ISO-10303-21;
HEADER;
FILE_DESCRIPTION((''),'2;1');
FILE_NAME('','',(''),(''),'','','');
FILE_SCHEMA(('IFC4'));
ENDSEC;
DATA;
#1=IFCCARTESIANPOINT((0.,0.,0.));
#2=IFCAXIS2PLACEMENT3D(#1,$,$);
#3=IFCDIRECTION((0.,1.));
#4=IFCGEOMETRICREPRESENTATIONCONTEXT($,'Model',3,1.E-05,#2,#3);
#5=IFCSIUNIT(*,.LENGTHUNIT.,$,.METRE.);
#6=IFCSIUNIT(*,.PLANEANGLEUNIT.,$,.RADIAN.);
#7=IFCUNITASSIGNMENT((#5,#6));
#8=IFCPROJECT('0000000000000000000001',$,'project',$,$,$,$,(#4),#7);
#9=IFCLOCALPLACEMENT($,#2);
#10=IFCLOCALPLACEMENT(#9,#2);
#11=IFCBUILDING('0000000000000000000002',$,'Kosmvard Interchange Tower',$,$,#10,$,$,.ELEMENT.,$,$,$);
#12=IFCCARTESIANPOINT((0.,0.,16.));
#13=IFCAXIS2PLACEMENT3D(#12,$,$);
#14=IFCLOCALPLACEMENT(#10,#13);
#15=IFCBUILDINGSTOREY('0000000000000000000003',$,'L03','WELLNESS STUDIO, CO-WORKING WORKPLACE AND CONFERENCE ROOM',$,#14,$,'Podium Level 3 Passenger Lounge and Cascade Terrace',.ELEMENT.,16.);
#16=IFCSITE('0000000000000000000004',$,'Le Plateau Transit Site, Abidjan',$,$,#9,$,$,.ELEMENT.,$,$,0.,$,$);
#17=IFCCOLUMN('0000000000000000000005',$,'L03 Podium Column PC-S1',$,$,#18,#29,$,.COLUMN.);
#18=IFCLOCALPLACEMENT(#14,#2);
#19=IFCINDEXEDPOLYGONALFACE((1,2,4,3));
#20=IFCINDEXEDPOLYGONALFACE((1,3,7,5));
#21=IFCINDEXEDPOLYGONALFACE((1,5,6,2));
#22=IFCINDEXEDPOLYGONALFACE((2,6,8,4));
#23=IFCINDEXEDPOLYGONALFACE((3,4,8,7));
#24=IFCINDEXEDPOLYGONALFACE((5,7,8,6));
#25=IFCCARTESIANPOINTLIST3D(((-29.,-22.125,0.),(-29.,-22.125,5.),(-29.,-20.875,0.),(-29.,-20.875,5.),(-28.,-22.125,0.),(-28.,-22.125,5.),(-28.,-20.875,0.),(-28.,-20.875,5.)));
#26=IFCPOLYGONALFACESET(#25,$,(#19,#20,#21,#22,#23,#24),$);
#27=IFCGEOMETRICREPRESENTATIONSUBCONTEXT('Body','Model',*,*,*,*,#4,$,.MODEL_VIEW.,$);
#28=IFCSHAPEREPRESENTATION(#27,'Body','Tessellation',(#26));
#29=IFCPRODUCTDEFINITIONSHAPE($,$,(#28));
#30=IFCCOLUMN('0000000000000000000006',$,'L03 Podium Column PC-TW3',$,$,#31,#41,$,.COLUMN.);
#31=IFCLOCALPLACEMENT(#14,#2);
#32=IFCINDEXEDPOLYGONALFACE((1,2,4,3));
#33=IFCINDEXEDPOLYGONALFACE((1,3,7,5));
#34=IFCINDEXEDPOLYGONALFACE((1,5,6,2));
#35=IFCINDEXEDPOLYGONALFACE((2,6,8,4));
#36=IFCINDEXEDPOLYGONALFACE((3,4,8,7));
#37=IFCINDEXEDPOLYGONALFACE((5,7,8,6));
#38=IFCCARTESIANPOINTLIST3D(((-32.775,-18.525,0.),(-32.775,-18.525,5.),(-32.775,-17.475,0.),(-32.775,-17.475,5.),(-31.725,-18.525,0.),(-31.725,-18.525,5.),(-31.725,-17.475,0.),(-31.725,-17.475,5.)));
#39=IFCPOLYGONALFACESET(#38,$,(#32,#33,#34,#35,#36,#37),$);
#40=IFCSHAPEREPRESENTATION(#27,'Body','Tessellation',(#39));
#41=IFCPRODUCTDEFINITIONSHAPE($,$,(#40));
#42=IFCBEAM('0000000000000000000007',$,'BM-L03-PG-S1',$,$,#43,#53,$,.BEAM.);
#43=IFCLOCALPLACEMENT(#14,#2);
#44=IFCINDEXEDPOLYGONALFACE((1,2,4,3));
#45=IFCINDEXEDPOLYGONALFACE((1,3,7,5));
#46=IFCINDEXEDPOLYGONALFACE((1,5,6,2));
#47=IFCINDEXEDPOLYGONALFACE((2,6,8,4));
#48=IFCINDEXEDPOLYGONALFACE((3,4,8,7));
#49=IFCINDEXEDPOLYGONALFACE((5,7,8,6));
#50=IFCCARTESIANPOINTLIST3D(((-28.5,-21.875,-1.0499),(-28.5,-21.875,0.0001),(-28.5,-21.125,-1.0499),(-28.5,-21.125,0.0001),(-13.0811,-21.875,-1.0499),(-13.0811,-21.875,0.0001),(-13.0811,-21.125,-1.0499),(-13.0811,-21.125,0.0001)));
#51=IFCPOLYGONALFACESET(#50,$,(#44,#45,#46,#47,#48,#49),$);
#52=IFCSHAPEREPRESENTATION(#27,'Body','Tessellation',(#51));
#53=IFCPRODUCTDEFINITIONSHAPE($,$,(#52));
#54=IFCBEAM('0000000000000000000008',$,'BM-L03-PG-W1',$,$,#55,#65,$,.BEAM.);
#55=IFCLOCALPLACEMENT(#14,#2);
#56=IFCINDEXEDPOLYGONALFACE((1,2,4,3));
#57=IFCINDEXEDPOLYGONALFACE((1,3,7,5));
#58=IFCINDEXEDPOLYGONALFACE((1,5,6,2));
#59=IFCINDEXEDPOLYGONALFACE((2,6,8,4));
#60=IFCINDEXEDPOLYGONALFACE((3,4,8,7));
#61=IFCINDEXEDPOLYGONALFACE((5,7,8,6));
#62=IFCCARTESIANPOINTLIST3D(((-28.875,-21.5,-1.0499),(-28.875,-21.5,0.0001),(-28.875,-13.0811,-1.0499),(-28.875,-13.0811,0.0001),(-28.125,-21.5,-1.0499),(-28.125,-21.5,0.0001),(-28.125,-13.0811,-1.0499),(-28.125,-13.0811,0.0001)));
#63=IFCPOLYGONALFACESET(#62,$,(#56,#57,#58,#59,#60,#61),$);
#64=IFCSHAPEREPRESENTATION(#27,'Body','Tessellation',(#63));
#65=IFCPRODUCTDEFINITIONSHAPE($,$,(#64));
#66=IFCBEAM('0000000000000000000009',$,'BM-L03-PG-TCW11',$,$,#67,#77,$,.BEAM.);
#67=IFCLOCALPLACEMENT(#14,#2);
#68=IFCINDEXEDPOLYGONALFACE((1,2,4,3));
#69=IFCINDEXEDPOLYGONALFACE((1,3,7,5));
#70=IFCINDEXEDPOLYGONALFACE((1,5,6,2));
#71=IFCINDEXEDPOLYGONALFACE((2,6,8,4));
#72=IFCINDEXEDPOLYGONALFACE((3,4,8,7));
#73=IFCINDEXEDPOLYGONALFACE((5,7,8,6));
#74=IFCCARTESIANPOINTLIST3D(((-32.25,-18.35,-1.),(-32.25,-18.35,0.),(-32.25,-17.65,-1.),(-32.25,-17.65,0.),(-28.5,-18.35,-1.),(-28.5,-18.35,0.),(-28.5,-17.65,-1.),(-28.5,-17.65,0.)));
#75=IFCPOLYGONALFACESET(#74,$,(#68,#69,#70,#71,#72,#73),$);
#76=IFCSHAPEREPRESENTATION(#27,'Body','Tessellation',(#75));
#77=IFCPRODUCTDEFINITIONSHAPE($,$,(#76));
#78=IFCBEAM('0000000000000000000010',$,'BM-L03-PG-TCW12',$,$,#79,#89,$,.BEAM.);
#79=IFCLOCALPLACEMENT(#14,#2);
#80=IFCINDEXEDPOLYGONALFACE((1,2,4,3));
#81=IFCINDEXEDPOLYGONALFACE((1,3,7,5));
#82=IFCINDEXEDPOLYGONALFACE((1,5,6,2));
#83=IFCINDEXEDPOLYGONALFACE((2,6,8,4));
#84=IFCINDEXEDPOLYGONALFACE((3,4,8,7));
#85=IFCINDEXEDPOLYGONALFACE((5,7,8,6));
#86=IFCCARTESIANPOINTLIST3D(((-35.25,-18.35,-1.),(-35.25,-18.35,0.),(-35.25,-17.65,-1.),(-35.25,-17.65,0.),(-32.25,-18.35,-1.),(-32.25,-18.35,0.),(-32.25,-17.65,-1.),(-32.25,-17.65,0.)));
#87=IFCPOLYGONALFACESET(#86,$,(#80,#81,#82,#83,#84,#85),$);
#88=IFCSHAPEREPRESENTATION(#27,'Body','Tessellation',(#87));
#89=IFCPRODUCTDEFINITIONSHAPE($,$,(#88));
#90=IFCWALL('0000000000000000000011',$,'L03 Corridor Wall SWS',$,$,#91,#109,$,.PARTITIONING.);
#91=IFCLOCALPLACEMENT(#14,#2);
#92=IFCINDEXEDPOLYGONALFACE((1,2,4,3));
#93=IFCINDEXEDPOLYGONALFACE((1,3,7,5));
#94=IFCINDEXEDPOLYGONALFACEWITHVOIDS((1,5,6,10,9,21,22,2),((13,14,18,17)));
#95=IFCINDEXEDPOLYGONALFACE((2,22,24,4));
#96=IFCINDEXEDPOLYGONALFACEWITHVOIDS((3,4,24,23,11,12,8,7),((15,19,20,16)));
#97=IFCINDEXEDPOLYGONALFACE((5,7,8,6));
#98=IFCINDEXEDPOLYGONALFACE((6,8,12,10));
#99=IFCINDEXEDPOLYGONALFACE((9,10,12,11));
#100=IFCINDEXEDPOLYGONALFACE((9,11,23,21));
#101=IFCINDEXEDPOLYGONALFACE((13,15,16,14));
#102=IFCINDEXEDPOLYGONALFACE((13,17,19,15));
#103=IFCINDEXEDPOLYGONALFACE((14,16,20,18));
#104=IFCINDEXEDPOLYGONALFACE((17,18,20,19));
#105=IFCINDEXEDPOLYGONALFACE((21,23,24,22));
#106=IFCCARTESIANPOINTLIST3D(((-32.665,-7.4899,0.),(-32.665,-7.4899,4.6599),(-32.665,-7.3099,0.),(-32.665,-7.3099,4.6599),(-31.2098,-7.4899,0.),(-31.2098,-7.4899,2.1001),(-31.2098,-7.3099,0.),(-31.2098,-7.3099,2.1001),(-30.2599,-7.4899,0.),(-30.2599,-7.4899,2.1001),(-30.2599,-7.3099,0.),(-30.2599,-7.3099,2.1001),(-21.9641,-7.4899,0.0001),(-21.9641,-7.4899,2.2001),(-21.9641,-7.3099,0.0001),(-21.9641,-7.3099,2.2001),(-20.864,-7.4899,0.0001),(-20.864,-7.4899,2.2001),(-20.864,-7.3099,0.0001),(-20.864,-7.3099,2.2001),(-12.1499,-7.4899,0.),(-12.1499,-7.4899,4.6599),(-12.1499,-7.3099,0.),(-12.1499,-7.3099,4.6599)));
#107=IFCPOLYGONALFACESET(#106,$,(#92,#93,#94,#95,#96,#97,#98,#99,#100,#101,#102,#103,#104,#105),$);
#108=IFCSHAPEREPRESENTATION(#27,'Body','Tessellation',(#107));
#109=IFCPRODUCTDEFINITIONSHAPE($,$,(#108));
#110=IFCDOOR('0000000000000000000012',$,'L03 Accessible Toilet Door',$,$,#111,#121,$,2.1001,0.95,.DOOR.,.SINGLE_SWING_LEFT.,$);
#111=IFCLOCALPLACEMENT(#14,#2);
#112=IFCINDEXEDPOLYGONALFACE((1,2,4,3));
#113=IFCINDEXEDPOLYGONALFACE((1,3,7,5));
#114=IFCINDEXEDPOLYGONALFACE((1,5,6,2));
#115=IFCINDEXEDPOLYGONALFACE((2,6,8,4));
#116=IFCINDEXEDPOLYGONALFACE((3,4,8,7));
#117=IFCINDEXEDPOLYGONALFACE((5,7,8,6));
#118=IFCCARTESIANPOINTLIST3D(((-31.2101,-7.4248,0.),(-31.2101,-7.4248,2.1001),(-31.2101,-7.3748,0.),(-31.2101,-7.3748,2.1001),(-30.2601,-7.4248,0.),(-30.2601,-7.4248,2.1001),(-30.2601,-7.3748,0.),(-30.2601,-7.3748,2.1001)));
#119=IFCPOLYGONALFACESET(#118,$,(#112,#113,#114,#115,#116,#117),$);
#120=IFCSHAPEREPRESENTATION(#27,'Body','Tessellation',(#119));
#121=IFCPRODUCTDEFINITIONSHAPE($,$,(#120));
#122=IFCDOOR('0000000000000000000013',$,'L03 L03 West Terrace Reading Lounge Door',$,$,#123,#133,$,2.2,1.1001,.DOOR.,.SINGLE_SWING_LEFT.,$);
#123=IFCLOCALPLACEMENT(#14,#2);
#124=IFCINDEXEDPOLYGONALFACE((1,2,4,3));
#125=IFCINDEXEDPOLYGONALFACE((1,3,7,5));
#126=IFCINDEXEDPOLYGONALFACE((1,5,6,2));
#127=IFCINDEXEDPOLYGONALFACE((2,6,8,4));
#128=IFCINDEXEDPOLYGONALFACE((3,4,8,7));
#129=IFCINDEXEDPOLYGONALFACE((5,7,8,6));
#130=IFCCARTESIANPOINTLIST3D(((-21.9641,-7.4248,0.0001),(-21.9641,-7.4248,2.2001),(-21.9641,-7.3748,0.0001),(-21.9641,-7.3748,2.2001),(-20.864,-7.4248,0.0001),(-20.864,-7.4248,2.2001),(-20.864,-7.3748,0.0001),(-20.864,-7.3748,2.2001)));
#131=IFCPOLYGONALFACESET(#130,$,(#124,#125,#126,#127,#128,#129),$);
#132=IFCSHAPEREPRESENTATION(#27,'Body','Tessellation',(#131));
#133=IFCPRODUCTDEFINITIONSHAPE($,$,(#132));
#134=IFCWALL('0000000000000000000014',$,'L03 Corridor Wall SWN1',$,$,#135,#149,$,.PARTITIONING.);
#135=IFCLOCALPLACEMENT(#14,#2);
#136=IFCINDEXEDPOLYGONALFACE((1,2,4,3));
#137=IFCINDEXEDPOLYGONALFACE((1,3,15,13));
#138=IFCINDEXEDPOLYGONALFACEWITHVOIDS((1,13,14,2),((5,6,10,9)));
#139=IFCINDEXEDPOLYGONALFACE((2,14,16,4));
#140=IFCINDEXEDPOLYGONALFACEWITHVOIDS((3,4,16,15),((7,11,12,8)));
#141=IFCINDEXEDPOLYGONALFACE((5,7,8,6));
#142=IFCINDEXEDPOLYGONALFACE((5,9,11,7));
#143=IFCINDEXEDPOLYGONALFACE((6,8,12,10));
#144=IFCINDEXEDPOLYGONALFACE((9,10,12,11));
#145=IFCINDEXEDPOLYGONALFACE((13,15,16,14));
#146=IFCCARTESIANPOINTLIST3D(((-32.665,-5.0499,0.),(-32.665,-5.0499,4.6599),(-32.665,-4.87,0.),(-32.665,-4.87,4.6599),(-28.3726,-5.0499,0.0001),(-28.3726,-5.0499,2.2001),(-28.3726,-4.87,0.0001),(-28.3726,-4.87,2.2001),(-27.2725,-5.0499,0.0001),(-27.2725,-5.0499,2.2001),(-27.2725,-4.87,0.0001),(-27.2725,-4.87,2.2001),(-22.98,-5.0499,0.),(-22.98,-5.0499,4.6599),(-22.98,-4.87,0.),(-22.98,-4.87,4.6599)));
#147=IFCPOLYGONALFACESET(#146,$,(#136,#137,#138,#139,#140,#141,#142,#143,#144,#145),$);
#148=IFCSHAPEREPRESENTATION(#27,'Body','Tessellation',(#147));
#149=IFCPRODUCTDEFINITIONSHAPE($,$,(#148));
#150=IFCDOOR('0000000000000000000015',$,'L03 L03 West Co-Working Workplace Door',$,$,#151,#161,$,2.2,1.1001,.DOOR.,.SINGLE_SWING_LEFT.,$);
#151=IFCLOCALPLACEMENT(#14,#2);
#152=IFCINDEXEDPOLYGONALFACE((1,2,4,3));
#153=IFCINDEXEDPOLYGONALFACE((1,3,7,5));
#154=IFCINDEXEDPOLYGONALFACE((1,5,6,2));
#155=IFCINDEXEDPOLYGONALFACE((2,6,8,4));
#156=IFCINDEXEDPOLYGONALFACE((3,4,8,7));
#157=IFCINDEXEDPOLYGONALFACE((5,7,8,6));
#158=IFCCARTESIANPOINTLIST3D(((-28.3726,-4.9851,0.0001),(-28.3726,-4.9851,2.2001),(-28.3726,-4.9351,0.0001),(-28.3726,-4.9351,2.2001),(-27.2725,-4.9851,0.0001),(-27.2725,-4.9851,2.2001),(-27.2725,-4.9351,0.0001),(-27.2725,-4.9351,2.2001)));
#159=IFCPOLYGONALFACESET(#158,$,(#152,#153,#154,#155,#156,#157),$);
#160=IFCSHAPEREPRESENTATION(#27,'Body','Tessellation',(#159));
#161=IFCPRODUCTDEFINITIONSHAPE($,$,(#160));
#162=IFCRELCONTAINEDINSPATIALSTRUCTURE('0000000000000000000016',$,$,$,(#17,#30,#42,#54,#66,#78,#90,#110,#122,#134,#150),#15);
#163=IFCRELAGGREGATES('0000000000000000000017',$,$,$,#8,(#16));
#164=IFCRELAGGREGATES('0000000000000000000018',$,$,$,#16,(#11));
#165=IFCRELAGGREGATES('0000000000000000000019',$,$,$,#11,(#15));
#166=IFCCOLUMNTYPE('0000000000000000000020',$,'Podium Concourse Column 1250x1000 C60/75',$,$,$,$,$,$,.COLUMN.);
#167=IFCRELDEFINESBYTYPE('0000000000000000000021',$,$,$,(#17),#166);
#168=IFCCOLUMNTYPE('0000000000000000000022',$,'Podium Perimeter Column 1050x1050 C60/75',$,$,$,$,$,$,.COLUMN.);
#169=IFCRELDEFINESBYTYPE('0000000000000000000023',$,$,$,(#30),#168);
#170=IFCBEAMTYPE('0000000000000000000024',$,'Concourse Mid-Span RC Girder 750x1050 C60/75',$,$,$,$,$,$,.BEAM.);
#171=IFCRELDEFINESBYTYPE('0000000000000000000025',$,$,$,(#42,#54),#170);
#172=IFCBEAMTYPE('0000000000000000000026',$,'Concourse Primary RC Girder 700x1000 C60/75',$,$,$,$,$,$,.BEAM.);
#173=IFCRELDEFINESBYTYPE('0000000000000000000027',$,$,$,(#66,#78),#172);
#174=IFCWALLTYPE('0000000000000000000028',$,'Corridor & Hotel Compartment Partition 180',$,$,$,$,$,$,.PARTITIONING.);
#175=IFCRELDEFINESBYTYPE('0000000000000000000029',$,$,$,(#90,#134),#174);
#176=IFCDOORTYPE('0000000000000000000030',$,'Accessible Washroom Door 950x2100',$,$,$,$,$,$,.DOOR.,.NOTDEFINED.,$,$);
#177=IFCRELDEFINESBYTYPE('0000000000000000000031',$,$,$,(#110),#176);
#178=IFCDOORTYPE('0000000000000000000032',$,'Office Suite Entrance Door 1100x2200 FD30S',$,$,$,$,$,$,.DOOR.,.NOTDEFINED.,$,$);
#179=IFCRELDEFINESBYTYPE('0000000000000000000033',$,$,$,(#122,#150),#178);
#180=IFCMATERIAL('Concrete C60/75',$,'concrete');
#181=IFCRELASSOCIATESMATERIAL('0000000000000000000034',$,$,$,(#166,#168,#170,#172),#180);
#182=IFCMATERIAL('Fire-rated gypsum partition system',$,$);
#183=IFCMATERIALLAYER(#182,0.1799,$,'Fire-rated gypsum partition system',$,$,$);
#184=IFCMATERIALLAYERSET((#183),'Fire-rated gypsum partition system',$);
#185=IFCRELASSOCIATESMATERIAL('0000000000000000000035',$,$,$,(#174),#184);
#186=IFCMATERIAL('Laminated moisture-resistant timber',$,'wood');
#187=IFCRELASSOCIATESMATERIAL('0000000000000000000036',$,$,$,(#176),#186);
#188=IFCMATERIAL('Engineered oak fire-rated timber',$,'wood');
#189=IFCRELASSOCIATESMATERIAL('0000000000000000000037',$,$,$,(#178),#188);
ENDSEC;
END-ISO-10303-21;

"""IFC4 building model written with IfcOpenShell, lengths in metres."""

from ifc_helpers import new_model, si_unit, direction, frame, frame_2d, origin, origin_2d, place, context, subcontext, project, spatial, rectangle, extrude, source, transform, mapped, material, layer, layer_set, material_profile, profile_set, type_object, element, fill, save


model = new_model("IFC4")

# Units and contexts
model_context = context("Model", 3, precision=1e-05, world=origin(), true_north=direction((0.0, 1.0)))
body_context = subcontext(model_context, "Body", "Model", "MODEL_VIEW")
ifc_project = project(units=[si_unit("LENGTHUNIT", "METRE"), si_unit("PLANEANGLEUNIT", "RADIAN")], contexts=[model_context])

# Site, building, storey
site_placement = place(None, origin())
site = spatial("IfcSite", under=ifc_project, at=site_placement, Name="Le Plateau Transit Site, Abidjan", CompositionType="ELEMENT", RefElevation=0.0)
building_placement = place(site_placement, origin())
building = spatial("IfcBuilding", under=site, at=building_placement, Name="Kosmvard Interchange Tower", CompositionType="ELEMENT")
storey_placement = place(building_placement, frame((0.0, 0.0, 16.0)))
storey = spatial("IfcBuildingStorey", under=building, at=storey_placement, Name="L03", Description="WELLNESS STUDIO, CO-WORKING WORKPLACE AND CONFERENCE ROOM", LongName="Podium Level 3 Passenger Lounge and Cascade Terrace", CompositionType="ELEMENT", Elevation=16.0)

# Columns
ifc_material_1 = material(Name="Concrete C60/75", Category="concrete")
ifc_material_profile_1 = material_profile(ifc_material_1, rectangle(XDim=1.0, YDim=1.25, at=origin_2d()), Name="PC 1250x1000")
ifc_profile_set_1 = profile_set([ifc_material_profile_1], Name="Concrete C60/75")
column_type_1 = type_object("IfcColumnType", Name="Podium Concourse Column 1250x1000 C60/75", PredefinedType="COLUMN", material=ifc_profile_set_1)
shared_shape_1 = source(origin(), body_context, "Body", "SweptSolid", [
    extrude(rectangle(XDim=1.0, YDim=1.25, at=origin_2d()), origin(), (0.0, 0.0, 1.0), 5.0),
])
column_1_placement = place(storey_placement, frame((-28.5, -21.5, 0.0), z_axis=(0.0, 0.0, 1.0), x_axis=(1.0, 0.0, 0.0)))
element("IfcColumn", 1, at=column_1_placement, inside=storey, type_object=column_type_1, Name="L03 Podium Column PC-S1", PredefinedType="COLUMN", context=body_context, shape_type="MappedRepresentation", body=[
    mapped(shared_shape_1, transform((0.0, 0.0, 0.0), scale=1.0)),
])
ifc_material_profile_2 = material_profile(ifc_material_1, rectangle(XDim=1.05, YDim=1.05, at=origin_2d()), Name="PC 1050x1050")
ifc_profile_set_2 = profile_set([ifc_material_profile_2], Name="Concrete C60/75")
column_type_2 = type_object("IfcColumnType", Name="Podium Perimeter Column 1050x1050 C60/75", PredefinedType="COLUMN", material=ifc_profile_set_2)
shared_shape_2 = source(origin(), body_context, "Body", "SweptSolid", [
    extrude(rectangle(XDim=1.05, YDim=1.05, at=origin_2d()), origin(), (0.0, 0.0, 1.0), 5.0),
])
column_2_placement = place(storey_placement, frame((-32.25, -18.0, 0.0), z_axis=(0.0, 0.0, 1.0), x_axis=(1.0, 0.0, 0.0)))
element("IfcColumn", 2, at=column_2_placement, inside=storey, type_object=column_type_2, Name="L03 Podium Column PC-TW3", PredefinedType="COLUMN", context=body_context, shape_type="MappedRepresentation", body=[
    mapped(shared_shape_2, transform((0.0, 0.0, 0.0), scale=1.0)),
])

# Beams
ifc_material_profile_3 = material_profile(ifc_material_1, rectangle(XDim=0.75, YDim=1.05, at=origin_2d()), Name="RCG 750x1050")
ifc_profile_set_3 = profile_set([ifc_material_profile_3], Name="Concrete C60/75")
beam_type_1 = type_object("IfcBeamType", Name="Concourse Mid-Span RC Girder 750x1050 C60/75", PredefinedType="BEAM", material=ifc_profile_set_3)
shared_shape_3 = source(origin(), body_context, "Body", "SweptSolid", [
    extrude(rectangle(XDim=0.75, YDim=1.05, at=origin_2d()), origin(), (0.0, 0.0, 1.0), 15.4189),
])
beam_1_placement = place(storey_placement, frame((-28.5, -21.5, -0.5249), z_axis=(1.0, 0.0, 0.0), x_axis=(0.0, 1.0, 0.0)))
element("IfcBeam", 3, at=beam_1_placement, inside=storey, type_object=beam_type_1, Name="BM-L03-PG-S1", PredefinedType="BEAM", context=body_context, shape_type="MappedRepresentation", body=[
    mapped(shared_shape_3, transform((0.0, 0.0, 0.0), scale=1.0)),
])
shared_shape_4 = source(origin(), body_context, "Body", "SweptSolid", [
    extrude(rectangle(XDim=0.75, YDim=1.05, at=origin_2d()), origin(), (0.0, 0.0, 1.0), 8.4189),
])
beam_2_placement = place(storey_placement, frame((-28.5, -21.5, -0.5249), z_axis=(0.0, 1.0, 0.0), x_axis=(-1.0, 0.0, 0.0)))
element("IfcBeam", 4, at=beam_2_placement, inside=storey, type_object=beam_type_1, Name="BM-L03-PG-W1", PredefinedType="BEAM", context=body_context, shape_type="MappedRepresentation", body=[
    mapped(shared_shape_4, transform((0.0, 0.0, 0.0), scale=1.0)),
])
ifc_material_profile_4 = material_profile(ifc_material_1, rectangle(XDim=0.7, YDim=1.0, at=origin_2d()), Name="RCG 700x1000")
ifc_profile_set_4 = profile_set([ifc_material_profile_4], Name="Concrete C60/75")
beam_type_2 = type_object("IfcBeamType", Name="Concourse Primary RC Girder 700x1000 C60/75", PredefinedType="BEAM", material=ifc_profile_set_4)
shared_shape_5 = source(origin(), body_context, "Body", "SweptSolid", [
    extrude(rectangle(XDim=0.7, YDim=1.0, at=origin_2d()), origin(), (0.0, 0.0, 1.0), 3.75),
])
beam_3_placement = place(storey_placement, frame((-28.5, -18.0, -0.5), z_axis=(-1.0, 0.0, 0.0), x_axis=(0.0, -1.0, 0.0)))
element("IfcBeam", 5, at=beam_3_placement, inside=storey, type_object=beam_type_2, Name="BM-L03-PG-TCW11", PredefinedType="BEAM", context=body_context, shape_type="MappedRepresentation", body=[
    mapped(shared_shape_5, transform((0.0, 0.0, 0.0), scale=1.0)),
])
shared_shape_6 = source(origin(), body_context, "Body", "SweptSolid", [
    extrude(rectangle(XDim=0.7, YDim=1.0, at=origin_2d()), origin(), (0.0, 0.0, 1.0), 3.0),
])
beam_4_placement = place(storey_placement, frame((-32.25, -18.0, -0.5), z_axis=(-1.0, 0.0, 0.0), x_axis=(0.0, -1.0, 0.0)))
element("IfcBeam", 6, at=beam_4_placement, inside=storey, type_object=beam_type_2, Name="BM-L03-PG-TCW12", PredefinedType="BEAM", context=body_context, shape_type="MappedRepresentation", body=[
    mapped(shared_shape_6, transform((0.0, 0.0, 0.0), scale=1.0)),
])

# Wall, openings, doors
ifc_material_2 = material(Name="Fire-rated gypsum partition system")
ifc_layer_1 = layer(ifc_material_2, 0.1799, Name="Fire-rated gypsum partition system")
ifc_layer_set_1 = layer_set([ifc_layer_1], Name="Fire-rated gypsum partition system")
wall_type_1 = type_object("IfcWallType", Name="Corridor & Hotel Compartment Partition 180", PredefinedType="PARTITIONING", material=ifc_layer_set_1)
wall_1_placement = place(storey_placement, frame((-32.665, -7.3999, 0.0), z_axis=(0.0, 0.0, 1.0), x_axis=(1.0, 0.0, 0.0)))
wall_1 = element("IfcWall", 7, at=wall_1_placement, inside=storey, type_object=wall_type_1, Name="L03 Corridor Wall SWS", PredefinedType="PARTITIONING", context=body_context, shape_type="SweptSolid", body=[
    extrude(rectangle(XDim=20.5151, YDim=0.1799, at=frame_2d((10.2576, 0.0))), origin(), (0.0, 0.0, 1.0), 4.6599),
])
opening_1_placement = place(wall_1_placement, frame((1.4551, 0.0, 0.0)))
opening_1 = element("IfcOpeningElement", 8, at=opening_1_placement, cuts=wall_1, PredefinedType="OPENING", context=body_context, shape_type="SweptSolid", body=[
    extrude(rectangle(XDim=0.95, YDim=2.1001, at=frame_2d((0.4751, 1.05))), frame((0.0, 0.1001, 0.0), z_axis=(0.0, -1.0, 0.0), x_axis=(1.0, 0.0, 0.0)), (0.0, 0.0, 1.0), 0.2),
])
opening_2_placement = place(wall_1_placement, frame((10.7009, 0.0, 0.0)))
opening_2 = element("IfcOpeningElement", 9, at=opening_2_placement, cuts=wall_1, PredefinedType="OPENING", context=body_context, shape_type="SweptSolid", body=[
    extrude(rectangle(XDim=1.1001, YDim=2.2, at=frame_2d((0.55, 1.1001))), frame((0.0, 0.1001, 0.0), z_axis=(0.0, -1.0, 0.0), x_axis=(1.0, 0.0, 0.0)), (0.0, 0.0, 1.0), 0.2),
])
ifc_material_3 = material(Name="Laminated moisture-resistant timber", Category="wood")
door_type_1 = type_object("IfcDoorType", Name="Accessible Washroom Door 950x2100", OperationType="NOTDEFINED", PredefinedType="DOOR", material=ifc_material_3)
shared_shape_7 = source(origin(), body_context, "Body", "SweptSolid", [
    extrude(rectangle(XDim=0.95, YDim=2.1001, at=frame_2d((0.4751, 1.05))), frame((0.0, 0.0249, 0.0), z_axis=(0.0, -1.0, 0.0), x_axis=(1.0, 0.0, 0.0)), (0.0, 0.0, 1.0), 0.05),
])
door_1_placement = place(opening_1_placement, frame((0.95, 0.0, 0.0), z_axis=(0.0, 0.0, 1.0), x_axis=(-1.0, 0.0, 0.0)))
door_1 = element("IfcDoor", 10, at=door_1_placement, inside=storey, type_object=door_type_1, Name="L03 Accessible Toilet Door", OperationType="SINGLE_SWING_LEFT", OverallHeight=2.1001, OverallWidth=0.95, PredefinedType="DOOR", context=body_context, shape_type="MappedRepresentation", body=[
    mapped(shared_shape_7, transform((0.0, 0.0, 0.0), scale=1.0)),
])
fill(opening_1, door_1)
ifc_material_4 = material(Name="Engineered oak fire-rated timber", Category="wood")
door_type_2 = type_object("IfcDoorType", Name="Office Suite Entrance Door 1100x2200 FD30S", OperationType="NOTDEFINED", PredefinedType="DOOR", material=ifc_material_4)
shared_shape_8 = source(origin(), body_context, "Body", "SweptSolid", [
    extrude(rectangle(XDim=1.1001, YDim=2.2, at=frame_2d((0.55, 1.1001))), frame((0.0, 0.0249, 0.0), z_axis=(0.0, -1.0, 0.0), x_axis=(1.0, 0.0, 0.0)), (0.0, 0.0, 1.0), 0.05),
])
door_2_placement = place(opening_2_placement, frame((1.1001, 0.0, 0.0), z_axis=(0.0, 0.0, 1.0), x_axis=(-1.0, 0.0, 0.0)))
door_2 = element("IfcDoor", 11, at=door_2_placement, inside=storey, type_object=door_type_2, Name="L03 L03 West Terrace Reading Lounge Door", OperationType="SINGLE_SWING_LEFT", OverallHeight=2.2, OverallWidth=1.1001, PredefinedType="DOOR", context=body_context, shape_type="MappedRepresentation", body=[
    mapped(shared_shape_8, transform((0.0, 0.0, 0.0), scale=1.0)),
])
fill(opening_2, door_2)

# Wall, opening, door
wall_2_placement = place(storey_placement, frame((-32.665, -4.96, 0.0), z_axis=(0.0, 0.0, 1.0), x_axis=(1.0, 0.0, 0.0)))
wall_2 = element("IfcWall", 12, at=wall_2_placement, inside=storey, type_object=wall_type_1, Name="L03 Corridor Wall SWN1", PredefinedType="PARTITIONING", context=body_context, shape_type="SweptSolid", body=[
    extrude(rectangle(XDim=9.6851, YDim=0.1799, at=frame_2d((4.8425, 0.0))), origin(), (0.0, 0.0, 1.0), 4.6599),
])
opening_3_placement = place(wall_2_placement, frame((4.2925, 0.0, 0.0)))
opening_3 = element("IfcOpeningElement", 13, at=opening_3_placement, cuts=wall_2, PredefinedType="OPENING", context=body_context, shape_type="SweptSolid", body=[
    extrude(rectangle(XDim=1.1001, YDim=2.2, at=frame_2d((0.55, 1.1001))), frame((0.0, 0.1001, 0.0), z_axis=(0.0, -1.0, 0.0), x_axis=(1.0, 0.0, 0.0)), (0.0, 0.0, 1.0), 0.2),
])
door_3_placement = place(opening_3_placement, origin())
door_3 = element("IfcDoor", 14, at=door_3_placement, inside=storey, type_object=door_type_2, Name="L03 L03 West Co-Working Workplace Door", OperationType="SINGLE_SWING_LEFT", OverallHeight=2.2, OverallWidth=1.1001, PredefinedType="DOOR", context=body_context, shape_type="MappedRepresentation", body=[
    mapped(shared_shape_8, transform((0.0, 0.0, 0.0), scale=1.0)),
])
fill(opening_3, door_3)

save(model, "model.ifc")
